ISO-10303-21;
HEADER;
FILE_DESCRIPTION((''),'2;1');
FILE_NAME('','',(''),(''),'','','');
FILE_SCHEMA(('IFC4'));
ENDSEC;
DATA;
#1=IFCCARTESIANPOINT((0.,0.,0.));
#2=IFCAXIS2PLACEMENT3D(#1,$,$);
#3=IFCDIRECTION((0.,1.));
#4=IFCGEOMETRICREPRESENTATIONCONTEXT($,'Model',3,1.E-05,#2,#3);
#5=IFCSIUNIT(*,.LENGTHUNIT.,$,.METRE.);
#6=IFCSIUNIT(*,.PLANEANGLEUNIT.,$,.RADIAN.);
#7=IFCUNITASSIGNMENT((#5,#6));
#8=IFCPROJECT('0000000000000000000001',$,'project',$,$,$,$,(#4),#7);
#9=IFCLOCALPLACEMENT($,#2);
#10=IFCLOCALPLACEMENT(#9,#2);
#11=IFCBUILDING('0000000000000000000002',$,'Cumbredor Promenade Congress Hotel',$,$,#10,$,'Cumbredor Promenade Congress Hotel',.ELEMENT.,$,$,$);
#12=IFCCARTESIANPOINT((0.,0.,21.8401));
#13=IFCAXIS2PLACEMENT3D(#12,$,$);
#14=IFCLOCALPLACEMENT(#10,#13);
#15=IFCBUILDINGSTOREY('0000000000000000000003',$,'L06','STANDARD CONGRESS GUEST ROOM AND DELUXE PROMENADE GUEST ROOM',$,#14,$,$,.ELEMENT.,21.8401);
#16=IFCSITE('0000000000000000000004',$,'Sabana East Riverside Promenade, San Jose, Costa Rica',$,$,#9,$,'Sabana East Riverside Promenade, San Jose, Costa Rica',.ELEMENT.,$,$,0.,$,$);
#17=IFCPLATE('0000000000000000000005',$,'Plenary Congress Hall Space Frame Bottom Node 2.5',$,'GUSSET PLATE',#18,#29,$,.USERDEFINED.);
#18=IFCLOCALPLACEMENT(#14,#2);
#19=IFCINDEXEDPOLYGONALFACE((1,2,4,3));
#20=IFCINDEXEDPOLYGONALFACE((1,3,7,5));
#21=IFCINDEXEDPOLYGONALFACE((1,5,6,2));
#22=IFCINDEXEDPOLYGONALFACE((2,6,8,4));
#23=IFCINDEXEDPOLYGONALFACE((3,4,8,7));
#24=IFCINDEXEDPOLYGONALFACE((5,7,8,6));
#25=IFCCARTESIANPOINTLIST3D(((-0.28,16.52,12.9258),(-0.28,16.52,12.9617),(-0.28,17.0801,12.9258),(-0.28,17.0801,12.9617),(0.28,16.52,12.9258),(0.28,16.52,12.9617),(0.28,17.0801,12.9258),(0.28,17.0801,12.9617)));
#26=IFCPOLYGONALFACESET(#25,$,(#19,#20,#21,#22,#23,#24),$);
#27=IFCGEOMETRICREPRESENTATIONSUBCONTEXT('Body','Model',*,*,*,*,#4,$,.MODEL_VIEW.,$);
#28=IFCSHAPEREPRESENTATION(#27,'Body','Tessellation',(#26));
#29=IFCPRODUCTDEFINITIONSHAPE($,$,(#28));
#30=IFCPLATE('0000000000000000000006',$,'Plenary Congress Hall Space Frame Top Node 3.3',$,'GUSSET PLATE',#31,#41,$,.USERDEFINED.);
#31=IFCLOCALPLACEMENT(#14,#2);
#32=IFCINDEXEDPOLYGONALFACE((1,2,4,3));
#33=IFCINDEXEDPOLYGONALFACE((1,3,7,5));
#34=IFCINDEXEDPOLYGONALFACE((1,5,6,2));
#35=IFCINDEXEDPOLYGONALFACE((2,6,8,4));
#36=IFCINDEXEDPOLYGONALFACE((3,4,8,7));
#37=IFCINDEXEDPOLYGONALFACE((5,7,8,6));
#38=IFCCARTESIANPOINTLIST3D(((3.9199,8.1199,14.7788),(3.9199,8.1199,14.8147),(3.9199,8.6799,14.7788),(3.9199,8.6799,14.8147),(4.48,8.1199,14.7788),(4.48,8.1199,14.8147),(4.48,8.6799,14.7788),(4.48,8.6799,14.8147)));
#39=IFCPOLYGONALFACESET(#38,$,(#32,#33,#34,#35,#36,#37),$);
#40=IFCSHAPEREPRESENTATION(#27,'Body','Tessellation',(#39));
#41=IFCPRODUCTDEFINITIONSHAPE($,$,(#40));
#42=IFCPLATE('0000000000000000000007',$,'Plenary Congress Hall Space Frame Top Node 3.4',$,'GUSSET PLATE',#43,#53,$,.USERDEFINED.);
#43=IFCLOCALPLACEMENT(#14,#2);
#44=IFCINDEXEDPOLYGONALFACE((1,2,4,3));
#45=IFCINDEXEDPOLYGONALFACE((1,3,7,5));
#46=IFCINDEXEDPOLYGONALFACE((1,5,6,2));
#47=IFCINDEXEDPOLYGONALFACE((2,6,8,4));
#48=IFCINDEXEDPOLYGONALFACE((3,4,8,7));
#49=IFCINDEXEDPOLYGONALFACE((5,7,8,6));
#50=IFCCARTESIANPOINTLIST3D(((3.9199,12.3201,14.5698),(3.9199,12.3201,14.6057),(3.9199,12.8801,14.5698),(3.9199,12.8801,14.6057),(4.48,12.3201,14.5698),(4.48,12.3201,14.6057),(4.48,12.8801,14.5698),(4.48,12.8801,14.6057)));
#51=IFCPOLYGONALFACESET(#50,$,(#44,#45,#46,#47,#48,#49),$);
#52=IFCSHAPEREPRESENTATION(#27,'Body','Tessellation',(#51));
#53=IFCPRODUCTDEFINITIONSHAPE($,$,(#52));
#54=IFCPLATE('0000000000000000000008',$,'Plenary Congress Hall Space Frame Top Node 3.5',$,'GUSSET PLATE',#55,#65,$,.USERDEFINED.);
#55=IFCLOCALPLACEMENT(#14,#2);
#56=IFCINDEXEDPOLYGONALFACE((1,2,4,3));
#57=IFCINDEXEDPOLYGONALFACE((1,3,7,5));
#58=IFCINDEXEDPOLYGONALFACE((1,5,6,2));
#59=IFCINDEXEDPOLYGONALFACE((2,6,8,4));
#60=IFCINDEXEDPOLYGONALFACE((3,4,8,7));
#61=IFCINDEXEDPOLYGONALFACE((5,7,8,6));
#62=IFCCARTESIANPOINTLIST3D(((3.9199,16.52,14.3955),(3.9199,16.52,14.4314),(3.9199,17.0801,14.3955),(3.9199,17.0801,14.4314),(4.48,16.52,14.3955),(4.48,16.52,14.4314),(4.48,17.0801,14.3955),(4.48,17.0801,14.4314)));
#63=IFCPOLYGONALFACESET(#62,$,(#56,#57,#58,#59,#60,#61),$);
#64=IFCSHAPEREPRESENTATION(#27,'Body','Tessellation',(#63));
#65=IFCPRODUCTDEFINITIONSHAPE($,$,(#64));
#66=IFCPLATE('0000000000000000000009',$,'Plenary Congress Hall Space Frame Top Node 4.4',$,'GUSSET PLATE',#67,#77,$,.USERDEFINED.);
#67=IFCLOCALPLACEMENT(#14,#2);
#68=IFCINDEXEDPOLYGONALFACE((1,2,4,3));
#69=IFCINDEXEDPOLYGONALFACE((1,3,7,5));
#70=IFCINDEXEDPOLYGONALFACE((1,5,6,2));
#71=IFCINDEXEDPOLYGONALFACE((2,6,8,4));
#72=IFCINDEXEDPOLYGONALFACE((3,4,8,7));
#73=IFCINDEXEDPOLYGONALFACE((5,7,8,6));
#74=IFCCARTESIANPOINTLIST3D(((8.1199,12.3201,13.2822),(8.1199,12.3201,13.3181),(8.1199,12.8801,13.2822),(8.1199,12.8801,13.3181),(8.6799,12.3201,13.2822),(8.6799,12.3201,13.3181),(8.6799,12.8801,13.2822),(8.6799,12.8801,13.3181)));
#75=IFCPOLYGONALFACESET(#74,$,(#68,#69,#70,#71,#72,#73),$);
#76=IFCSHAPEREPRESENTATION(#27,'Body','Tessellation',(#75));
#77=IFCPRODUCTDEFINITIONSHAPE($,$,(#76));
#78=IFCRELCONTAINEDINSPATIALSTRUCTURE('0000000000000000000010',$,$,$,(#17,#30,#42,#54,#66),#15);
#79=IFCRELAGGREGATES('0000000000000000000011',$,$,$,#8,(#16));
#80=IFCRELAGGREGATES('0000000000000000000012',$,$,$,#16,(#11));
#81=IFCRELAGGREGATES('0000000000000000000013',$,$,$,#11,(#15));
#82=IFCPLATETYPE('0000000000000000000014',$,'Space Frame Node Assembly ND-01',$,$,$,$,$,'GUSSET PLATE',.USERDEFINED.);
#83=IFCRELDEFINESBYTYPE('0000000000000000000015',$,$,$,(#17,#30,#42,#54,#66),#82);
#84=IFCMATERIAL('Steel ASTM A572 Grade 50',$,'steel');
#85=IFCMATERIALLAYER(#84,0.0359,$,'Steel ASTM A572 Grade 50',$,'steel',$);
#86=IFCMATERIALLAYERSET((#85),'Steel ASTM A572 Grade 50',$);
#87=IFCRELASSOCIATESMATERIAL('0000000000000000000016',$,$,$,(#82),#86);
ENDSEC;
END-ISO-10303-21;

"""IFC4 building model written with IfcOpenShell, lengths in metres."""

from ifc_helpers import new_model, si_unit, direction, frame, origin, origin_2d, place, context, subcontext, project, spatial, rectangle, extrude, material, layer, layer_set, type_object, element, save


model = new_model("IFC4")

# Units and contexts
model_context = context("Model", 3, precision=1e-05, world=origin(), true_north=direction((0.0, 1.0)))
body_context = subcontext(model_context, "Body", "Model", "MODEL_VIEW")
ifc_project = project(units=[si_unit("LENGTHUNIT", "METRE"), si_unit("PLANEANGLEUNIT", "RADIAN")], contexts=[model_context])

# Site, building, storey
site_placement = place(None, origin())
site = spatial("IfcSite", under=ifc_project, at=site_placement, Name="Sabana East Riverside Promenade, San Jose, Costa Rica", LongName="Sabana East Riverside Promenade, San Jose, Costa Rica", CompositionType="ELEMENT", RefElevation=0.0)
building_placement = place(site_placement, origin())
building = spatial("IfcBuilding", under=site, at=building_placement, Name="Cumbredor Promenade Congress Hotel", LongName="Cumbredor Promenade Congress Hotel", CompositionType="ELEMENT")
storey_placement = place(building_placement, frame((0.0, 0.0, 21.8401)))
storey = spatial("IfcBuildingStorey", under=building, at=storey_placement, Name="L06", Description="STANDARD CONGRESS GUEST ROOM AND DELUXE PROMENADE GUEST ROOM", CompositionType="ELEMENT", Elevation=21.8401)

# Plates
ifc_material_1 = material(Name="Steel ASTM A572 Grade 50", Category="steel")
ifc_layer = layer(ifc_material_1, 0.0359, Name="Steel ASTM A572 Grade 50", Category="steel")
ifc_layer_set = layer_set([ifc_layer], Name="Steel ASTM A572 Grade 50")
plate_type = type_object("IfcPlateType", Name="Space Frame Node Assembly ND-01", ElementType="GUSSET PLATE", PredefinedType="USERDEFINED", material=ifc_layer_set)
for number, where, z_axis, x_axis, name in (
    (1, (0.0, 16.8, 12.9258), (0.0, 0.0, 1.0), (1.0, 0.0, 0.0), "Plenary Congress Hall Space Frame Bottom Node 2.5"),
    (2, (4.2, 8.3999, 14.7788), (0.0, 0.0, 1.0), (1.0, 0.0, 0.0), "Plenary Congress Hall Space Frame Top Node 3.3"),
    (3, (4.2, 12.6001, 14.5698), (0.0, 0.0, 1.0), (1.0, 0.0, 0.0), "Plenary Congress Hall Space Frame Top Node 3.4"),
    (4, (4.2, 16.8, 14.3955), (0.0, 0.0, 1.0), (1.0, 0.0, 0.0), "Plenary Congress Hall Space Frame Top Node 3.5"),
    (5, (8.3999, 12.6001, 13.2822), (0.0, 0.0, 1.0), (1.0, 0.0, 0.0), "Plenary Congress Hall Space Frame Top Node 4.4"),
):
    element("IfcPlate", number, at=place(storey_placement, frame(where, z_axis=z_axis, x_axis=x_axis)), inside=storey, type_object=plate_type, Name=name, ObjectType="GUSSET PLATE", PredefinedType="USERDEFINED", context=body_context, shape_type="SweptSolid", body=[
        extrude(rectangle(XDim=0.5601, YDim=0.5601, at=origin_2d()), origin(), (0.0, 0.0, 1.0), 0.0359),
    ])

save(model, "model.ifc")
